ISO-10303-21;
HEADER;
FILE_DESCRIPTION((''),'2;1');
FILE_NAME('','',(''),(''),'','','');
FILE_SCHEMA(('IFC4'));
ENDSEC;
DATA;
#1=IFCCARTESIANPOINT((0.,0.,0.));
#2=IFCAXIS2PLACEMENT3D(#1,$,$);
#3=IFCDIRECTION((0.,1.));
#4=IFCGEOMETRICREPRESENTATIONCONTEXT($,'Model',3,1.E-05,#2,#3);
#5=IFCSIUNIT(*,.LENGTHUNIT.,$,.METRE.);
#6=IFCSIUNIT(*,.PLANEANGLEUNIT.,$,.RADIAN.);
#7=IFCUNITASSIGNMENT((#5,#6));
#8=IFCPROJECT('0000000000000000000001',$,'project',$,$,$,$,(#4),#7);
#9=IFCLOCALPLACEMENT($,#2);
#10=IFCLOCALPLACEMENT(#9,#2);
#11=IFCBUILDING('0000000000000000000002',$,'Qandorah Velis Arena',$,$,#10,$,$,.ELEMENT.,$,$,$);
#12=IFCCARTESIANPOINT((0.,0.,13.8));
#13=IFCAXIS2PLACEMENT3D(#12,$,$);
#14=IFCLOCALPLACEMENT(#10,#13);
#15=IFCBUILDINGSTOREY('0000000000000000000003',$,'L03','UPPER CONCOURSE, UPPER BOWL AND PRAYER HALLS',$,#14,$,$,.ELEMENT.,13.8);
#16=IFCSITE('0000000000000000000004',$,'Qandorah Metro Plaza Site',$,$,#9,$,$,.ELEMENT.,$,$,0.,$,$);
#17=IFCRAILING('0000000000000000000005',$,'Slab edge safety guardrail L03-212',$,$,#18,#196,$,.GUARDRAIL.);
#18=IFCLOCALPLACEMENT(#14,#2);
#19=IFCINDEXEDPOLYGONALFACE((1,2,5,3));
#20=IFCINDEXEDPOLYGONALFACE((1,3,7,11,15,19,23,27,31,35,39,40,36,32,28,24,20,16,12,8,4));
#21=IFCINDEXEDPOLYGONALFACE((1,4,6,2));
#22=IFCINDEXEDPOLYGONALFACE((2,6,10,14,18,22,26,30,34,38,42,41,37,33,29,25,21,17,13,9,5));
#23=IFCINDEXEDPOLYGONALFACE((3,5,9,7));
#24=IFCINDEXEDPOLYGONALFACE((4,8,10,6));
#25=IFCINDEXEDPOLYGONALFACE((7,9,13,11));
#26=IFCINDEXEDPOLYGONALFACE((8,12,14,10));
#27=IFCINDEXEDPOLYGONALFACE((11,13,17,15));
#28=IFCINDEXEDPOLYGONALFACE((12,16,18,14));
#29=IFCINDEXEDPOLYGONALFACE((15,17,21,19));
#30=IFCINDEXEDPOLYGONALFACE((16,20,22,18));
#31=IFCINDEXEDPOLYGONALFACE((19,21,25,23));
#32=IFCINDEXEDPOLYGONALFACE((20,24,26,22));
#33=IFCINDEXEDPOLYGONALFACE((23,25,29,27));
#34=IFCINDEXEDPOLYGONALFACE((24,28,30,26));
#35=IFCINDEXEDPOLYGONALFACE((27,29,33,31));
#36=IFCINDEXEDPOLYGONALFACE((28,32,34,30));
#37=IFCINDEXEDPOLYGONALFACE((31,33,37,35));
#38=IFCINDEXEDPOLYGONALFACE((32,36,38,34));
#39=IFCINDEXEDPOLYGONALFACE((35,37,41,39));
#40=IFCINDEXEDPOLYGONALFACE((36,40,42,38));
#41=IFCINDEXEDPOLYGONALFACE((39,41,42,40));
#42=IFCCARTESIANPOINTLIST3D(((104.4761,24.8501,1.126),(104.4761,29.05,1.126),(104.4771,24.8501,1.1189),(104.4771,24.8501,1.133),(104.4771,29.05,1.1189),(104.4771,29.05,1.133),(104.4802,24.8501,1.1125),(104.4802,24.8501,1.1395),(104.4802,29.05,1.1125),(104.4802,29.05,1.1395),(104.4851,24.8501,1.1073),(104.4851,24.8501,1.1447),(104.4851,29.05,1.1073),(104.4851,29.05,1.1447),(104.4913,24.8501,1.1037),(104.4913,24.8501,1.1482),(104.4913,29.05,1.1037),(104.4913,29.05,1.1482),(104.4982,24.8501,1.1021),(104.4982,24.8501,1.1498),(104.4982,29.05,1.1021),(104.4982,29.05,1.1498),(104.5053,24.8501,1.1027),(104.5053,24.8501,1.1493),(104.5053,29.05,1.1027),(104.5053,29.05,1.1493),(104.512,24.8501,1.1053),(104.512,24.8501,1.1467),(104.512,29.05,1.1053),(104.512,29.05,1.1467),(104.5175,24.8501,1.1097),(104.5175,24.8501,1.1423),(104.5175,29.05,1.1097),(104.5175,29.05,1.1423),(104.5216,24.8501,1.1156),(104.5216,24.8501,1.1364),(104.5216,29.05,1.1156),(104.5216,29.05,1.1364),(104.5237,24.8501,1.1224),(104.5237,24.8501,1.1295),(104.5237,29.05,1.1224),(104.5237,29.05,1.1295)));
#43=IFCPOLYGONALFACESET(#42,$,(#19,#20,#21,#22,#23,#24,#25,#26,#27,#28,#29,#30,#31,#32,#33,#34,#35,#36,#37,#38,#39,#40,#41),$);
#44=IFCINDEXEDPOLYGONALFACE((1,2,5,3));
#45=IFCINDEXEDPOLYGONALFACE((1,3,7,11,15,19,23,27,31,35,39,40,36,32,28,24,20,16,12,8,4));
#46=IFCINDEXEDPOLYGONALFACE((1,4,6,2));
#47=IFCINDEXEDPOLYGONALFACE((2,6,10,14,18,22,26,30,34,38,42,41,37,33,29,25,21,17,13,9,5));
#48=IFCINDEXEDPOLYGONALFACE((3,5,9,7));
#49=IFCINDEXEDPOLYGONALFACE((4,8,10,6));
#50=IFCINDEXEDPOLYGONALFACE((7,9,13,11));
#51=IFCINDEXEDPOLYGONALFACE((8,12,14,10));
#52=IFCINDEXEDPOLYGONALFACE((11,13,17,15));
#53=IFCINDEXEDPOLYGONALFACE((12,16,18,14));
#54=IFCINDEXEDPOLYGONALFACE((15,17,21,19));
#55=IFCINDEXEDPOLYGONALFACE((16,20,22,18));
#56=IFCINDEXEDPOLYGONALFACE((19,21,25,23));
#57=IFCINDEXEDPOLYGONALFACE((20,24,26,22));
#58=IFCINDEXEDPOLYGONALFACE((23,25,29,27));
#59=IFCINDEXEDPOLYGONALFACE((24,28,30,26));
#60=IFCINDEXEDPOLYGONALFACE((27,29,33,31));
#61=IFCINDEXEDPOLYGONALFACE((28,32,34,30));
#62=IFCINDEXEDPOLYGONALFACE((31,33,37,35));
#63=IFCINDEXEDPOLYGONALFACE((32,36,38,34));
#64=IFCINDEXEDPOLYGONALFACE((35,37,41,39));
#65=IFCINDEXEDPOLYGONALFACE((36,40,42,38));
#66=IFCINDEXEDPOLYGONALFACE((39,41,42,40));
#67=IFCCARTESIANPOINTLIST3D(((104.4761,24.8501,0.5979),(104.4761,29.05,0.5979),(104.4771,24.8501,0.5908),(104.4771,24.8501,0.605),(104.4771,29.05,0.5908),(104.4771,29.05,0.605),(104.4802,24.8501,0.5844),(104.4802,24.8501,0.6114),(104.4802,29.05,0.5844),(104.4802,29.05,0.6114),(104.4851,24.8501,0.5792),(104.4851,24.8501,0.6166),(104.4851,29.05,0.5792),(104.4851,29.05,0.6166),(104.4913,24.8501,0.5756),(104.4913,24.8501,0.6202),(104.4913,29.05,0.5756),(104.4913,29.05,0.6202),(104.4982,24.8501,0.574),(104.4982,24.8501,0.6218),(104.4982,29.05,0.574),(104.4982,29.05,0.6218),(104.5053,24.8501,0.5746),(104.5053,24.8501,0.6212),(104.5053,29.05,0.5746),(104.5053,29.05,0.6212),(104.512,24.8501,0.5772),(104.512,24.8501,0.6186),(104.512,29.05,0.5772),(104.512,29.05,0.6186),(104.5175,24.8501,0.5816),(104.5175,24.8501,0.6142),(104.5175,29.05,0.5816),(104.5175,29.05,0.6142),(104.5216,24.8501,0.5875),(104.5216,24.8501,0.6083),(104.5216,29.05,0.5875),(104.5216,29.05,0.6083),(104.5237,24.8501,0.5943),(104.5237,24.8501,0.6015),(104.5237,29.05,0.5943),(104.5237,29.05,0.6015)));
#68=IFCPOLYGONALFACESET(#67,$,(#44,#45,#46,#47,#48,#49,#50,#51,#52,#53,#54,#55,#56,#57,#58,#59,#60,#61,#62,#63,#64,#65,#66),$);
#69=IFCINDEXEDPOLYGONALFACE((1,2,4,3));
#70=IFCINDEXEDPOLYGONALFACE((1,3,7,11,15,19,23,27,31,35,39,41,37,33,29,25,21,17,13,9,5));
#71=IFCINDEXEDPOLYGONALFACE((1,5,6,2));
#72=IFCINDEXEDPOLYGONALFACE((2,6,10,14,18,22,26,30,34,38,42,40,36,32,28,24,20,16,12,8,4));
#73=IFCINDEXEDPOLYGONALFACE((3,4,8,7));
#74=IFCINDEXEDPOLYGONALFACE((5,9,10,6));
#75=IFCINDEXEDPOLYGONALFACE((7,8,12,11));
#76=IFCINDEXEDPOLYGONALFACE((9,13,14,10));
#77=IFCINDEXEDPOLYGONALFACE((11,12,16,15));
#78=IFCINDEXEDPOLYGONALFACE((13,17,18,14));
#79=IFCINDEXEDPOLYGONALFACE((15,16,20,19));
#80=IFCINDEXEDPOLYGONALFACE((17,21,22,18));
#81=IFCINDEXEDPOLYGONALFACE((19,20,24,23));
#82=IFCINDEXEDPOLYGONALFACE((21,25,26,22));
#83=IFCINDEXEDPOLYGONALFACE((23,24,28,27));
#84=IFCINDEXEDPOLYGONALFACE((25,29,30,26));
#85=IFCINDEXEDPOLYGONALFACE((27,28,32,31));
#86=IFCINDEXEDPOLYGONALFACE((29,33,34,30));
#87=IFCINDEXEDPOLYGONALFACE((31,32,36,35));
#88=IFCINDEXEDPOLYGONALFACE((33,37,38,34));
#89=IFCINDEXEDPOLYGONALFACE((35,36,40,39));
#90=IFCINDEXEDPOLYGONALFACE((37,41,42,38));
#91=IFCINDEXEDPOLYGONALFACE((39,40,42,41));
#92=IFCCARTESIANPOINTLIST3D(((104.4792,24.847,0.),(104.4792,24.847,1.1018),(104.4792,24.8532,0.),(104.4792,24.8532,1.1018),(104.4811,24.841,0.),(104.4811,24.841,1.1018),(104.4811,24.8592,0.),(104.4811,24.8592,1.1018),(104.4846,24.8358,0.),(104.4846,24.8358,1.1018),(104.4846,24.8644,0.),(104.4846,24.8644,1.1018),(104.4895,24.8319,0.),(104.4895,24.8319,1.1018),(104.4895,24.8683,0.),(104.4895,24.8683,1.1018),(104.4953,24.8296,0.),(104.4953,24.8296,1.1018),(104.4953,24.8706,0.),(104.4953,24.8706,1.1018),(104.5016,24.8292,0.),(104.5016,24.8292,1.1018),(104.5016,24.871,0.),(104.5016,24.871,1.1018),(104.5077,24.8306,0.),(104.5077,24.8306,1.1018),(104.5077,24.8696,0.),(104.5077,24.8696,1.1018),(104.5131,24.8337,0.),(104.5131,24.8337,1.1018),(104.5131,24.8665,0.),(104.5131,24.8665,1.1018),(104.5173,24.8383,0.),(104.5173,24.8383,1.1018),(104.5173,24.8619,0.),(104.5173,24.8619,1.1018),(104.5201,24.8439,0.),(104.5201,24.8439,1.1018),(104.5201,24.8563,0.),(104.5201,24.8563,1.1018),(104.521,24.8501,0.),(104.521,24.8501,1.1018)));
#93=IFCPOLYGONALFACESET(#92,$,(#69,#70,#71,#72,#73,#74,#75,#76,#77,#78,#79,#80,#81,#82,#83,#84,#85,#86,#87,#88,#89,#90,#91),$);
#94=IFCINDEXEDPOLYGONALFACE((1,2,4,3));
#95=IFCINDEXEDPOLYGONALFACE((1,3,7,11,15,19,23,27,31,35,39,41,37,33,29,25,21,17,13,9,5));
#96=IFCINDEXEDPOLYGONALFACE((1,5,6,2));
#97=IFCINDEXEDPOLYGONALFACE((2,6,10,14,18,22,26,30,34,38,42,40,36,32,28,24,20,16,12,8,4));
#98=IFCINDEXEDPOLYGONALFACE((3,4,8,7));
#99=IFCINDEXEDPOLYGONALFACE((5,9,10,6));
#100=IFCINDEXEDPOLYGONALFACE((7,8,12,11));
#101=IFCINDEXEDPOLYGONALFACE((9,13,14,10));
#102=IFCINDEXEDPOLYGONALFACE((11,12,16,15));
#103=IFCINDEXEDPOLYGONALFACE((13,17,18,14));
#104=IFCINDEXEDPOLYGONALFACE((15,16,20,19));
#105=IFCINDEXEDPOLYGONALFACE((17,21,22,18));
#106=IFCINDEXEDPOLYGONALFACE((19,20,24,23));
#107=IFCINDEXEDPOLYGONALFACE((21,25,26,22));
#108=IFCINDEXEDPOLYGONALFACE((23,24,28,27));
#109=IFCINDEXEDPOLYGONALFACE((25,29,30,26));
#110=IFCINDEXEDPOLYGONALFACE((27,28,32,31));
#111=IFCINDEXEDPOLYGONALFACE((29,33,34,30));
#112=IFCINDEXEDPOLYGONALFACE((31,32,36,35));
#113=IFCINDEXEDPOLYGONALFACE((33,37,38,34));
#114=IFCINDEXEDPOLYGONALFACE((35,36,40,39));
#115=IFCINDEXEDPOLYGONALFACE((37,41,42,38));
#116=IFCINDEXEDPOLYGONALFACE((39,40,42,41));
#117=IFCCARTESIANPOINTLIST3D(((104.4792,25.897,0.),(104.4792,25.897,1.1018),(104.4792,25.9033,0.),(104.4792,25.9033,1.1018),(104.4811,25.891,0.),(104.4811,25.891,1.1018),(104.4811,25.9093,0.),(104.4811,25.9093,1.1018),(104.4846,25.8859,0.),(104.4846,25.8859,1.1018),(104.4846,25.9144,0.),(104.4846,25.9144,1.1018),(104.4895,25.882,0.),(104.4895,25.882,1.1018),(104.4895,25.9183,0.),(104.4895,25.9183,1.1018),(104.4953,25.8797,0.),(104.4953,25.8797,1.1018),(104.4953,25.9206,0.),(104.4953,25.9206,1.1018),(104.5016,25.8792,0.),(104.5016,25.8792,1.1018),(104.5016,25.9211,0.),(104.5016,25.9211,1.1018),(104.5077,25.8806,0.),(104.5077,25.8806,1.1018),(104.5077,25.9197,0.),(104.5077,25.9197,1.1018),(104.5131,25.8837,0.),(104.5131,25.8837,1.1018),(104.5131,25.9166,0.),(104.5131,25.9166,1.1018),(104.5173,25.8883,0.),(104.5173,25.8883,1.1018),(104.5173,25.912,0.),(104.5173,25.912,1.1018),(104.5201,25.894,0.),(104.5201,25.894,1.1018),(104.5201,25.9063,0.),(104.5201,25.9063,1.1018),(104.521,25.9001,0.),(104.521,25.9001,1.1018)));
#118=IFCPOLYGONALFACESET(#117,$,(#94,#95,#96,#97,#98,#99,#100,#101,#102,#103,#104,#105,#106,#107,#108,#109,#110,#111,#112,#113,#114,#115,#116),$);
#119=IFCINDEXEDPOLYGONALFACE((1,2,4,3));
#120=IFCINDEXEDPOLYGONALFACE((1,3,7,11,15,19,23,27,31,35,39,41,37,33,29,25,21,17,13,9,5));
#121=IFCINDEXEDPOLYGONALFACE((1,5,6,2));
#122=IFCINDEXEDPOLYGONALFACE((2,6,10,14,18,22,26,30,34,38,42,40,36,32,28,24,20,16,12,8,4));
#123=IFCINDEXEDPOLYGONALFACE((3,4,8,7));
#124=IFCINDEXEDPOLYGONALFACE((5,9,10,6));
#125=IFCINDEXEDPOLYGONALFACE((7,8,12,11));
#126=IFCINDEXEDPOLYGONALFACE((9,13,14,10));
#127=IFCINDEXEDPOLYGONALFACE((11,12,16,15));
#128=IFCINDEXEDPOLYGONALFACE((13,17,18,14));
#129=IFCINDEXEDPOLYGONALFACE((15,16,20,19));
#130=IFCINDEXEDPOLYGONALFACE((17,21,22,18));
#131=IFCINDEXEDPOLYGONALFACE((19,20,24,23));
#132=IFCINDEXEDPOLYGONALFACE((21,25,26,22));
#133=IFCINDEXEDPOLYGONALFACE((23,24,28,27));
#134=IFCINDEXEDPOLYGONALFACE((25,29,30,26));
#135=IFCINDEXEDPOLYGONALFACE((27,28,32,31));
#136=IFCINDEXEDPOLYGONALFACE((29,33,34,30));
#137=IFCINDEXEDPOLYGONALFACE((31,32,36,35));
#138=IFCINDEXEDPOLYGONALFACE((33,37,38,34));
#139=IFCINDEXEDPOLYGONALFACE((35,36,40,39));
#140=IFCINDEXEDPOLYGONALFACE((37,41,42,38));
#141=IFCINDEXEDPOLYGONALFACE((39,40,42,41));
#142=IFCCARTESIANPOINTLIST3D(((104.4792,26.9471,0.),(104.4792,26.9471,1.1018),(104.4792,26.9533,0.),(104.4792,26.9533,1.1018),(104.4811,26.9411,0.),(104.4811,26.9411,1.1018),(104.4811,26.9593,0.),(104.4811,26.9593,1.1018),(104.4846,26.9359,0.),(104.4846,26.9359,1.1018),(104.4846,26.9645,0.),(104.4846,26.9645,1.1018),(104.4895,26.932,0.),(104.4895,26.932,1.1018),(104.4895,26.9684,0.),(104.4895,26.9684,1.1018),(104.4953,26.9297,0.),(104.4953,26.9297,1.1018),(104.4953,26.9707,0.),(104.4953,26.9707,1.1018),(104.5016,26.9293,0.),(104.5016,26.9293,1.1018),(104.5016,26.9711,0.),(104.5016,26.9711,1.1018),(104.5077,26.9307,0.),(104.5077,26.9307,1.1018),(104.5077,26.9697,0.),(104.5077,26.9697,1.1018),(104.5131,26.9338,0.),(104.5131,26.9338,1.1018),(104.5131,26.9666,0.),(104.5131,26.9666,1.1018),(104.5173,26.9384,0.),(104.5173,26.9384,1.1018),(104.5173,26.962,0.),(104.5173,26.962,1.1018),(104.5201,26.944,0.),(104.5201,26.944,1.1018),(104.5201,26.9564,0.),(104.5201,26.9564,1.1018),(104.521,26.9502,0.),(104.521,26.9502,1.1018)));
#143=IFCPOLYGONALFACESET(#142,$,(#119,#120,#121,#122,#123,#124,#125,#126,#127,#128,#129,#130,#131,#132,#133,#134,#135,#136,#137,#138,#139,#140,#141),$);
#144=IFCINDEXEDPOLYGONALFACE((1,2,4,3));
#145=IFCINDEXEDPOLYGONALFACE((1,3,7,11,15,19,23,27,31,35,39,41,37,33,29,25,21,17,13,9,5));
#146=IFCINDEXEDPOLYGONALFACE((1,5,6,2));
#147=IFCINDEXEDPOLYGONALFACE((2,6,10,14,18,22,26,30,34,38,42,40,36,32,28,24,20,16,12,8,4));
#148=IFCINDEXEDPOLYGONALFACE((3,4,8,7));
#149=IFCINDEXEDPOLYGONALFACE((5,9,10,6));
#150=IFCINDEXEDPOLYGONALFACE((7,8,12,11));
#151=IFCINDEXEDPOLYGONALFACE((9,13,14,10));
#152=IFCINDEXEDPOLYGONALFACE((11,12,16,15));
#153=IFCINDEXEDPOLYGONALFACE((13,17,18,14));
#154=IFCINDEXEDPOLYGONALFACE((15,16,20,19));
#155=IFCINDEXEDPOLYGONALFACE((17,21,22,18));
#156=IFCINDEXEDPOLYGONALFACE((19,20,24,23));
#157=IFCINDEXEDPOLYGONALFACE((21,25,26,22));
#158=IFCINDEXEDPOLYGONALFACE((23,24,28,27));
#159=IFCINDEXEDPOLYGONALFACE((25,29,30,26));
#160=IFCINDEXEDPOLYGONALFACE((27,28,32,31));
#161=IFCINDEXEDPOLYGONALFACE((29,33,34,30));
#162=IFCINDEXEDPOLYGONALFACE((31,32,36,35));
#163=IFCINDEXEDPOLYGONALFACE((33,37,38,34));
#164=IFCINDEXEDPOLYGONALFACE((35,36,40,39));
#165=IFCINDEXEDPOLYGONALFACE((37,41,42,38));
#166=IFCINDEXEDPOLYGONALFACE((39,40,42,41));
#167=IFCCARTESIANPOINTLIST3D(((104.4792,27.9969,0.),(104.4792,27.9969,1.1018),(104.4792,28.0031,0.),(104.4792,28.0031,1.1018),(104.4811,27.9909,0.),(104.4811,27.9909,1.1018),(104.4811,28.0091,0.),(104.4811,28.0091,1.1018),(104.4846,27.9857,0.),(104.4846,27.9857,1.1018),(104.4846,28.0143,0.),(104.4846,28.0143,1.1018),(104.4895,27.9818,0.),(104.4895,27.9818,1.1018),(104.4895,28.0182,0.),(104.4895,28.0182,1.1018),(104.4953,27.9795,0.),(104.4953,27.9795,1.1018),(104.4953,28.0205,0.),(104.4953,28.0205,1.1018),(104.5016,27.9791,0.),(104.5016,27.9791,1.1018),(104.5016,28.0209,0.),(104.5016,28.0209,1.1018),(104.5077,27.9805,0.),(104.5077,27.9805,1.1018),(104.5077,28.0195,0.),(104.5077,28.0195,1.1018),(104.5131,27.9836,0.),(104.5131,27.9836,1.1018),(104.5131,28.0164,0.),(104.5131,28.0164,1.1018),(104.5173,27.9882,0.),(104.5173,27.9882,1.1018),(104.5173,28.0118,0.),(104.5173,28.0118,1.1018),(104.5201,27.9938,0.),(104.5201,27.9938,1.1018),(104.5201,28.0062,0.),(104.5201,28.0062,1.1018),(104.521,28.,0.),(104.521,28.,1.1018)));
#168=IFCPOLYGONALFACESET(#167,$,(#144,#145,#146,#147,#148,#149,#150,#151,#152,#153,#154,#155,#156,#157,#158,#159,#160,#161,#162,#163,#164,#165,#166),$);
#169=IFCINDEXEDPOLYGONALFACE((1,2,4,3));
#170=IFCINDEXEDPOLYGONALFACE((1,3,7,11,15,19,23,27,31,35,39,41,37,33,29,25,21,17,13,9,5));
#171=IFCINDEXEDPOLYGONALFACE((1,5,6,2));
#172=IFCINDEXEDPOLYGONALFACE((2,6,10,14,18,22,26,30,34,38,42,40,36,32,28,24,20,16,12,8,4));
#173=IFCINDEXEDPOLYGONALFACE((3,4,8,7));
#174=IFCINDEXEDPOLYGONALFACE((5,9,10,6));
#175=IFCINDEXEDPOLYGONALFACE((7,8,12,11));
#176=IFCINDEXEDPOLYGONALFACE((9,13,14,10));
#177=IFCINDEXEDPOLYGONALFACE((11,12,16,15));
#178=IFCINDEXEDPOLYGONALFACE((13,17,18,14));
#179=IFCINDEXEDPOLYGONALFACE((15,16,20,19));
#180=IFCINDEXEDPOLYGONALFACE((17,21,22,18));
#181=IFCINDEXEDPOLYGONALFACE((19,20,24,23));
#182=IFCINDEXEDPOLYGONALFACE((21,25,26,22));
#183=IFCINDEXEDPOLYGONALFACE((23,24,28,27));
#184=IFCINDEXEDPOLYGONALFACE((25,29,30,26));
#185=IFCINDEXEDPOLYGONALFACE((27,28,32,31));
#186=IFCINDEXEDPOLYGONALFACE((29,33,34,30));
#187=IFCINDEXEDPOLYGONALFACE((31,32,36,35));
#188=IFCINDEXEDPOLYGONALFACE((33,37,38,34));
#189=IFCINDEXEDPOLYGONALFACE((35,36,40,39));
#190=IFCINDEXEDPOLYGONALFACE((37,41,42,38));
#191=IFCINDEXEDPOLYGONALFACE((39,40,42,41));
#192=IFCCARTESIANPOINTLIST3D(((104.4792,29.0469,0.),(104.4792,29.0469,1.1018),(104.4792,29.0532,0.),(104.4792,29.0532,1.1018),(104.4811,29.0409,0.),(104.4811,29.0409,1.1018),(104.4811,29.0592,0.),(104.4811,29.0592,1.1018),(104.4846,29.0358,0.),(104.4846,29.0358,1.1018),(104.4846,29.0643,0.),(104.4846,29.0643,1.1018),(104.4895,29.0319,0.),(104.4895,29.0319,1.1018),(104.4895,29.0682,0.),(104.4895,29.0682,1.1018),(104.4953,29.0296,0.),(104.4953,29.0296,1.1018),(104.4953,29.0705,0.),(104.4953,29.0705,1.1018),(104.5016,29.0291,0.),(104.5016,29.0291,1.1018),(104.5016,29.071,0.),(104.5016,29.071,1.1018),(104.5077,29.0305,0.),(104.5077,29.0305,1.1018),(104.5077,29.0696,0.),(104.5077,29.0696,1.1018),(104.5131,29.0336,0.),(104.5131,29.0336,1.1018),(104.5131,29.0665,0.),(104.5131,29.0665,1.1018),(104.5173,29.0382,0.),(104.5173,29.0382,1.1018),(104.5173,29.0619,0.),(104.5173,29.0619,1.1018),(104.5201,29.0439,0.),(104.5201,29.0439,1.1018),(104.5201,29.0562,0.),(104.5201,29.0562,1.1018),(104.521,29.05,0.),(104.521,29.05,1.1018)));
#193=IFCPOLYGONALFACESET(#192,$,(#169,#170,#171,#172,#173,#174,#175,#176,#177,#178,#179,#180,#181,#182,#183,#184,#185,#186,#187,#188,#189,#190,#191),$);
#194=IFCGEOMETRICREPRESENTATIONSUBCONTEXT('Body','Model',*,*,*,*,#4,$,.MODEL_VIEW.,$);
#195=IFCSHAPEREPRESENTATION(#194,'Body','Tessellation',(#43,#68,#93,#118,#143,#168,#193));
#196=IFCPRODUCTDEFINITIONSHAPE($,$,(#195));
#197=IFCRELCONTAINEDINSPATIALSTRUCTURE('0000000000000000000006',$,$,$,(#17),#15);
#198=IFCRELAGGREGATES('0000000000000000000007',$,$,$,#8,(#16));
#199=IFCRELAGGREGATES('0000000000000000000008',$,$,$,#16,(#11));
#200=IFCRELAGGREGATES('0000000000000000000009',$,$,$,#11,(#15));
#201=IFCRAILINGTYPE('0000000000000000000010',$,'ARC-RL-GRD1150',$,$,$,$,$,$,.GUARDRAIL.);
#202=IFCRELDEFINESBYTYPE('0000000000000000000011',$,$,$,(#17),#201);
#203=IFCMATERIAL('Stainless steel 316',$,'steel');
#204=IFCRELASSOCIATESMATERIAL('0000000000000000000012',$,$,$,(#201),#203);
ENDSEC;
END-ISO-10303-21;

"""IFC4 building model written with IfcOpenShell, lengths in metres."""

from ifc_helpers import new_model, si_unit, direction, frame, origin, origin_2d, place, context, subcontext, project, spatial, circle, extrude, material, type_object, element, save


model = new_model("IFC4")

# Units and contexts
model_context = context("Model", 3, precision=1e-05, world=origin(), true_north=direction((0.0, 1.0)))
body_context = subcontext(model_context, "Body", "Model", "MODEL_VIEW")
ifc_project = project(units=[si_unit("LENGTHUNIT", "METRE"), si_unit("PLANEANGLEUNIT", "RADIAN")], contexts=[model_context])

# Site, building, storey
site_placement = place(None, origin())
site = spatial("IfcSite", under=ifc_project, at=site_placement, Name="Qandorah Metro Plaza Site", CompositionType="ELEMENT", RefElevation=0.0)
building_placement = place(site_placement, origin())
building = spatial("IfcBuilding", under=site, at=building_placement, Name="Qandorah Velis Arena", CompositionType="ELEMENT")
storey_placement = place(building_placement, frame((0.0, 0.0, 13.8)))
storey = spatial("IfcBuildingStorey", under=building, at=storey_placement, Name="L03", Description="UPPER CONCOURSE, UPPER BOWL AND PRAYER HALLS", CompositionType="ELEMENT", Elevation=13.8)

# Railing
ifc_material_1 = material(Name="Stainless steel 316", Category="steel")
railing_type = type_object("IfcRailingType", Name="ARC-RL-GRD1150", PredefinedType="GUARDRAIL", material=ifc_material_1)
railing_1_placement = place(storey_placement, frame((104.5, 24.8501, 0.0)))
element("IfcRailing", 1, at=railing_1_placement, inside=storey, type_object=railing_type, Name="Slab edge safety guardrail L03-212", PredefinedType="GUARDRAIL", context=body_context, shape_type="SweptSolid", body=[
    extrude(circle(Radius=0.0239, at=origin_2d()), frame((0.0, 0.0, 1.126), z_axis=(0.0, 1.0, 0.0), x_axis=(-1.0, 0.0, 0.0)), (0.0, 0.0, 1.0), 4.2),
    extrude(circle(Radius=0.0239, at=origin_2d()), frame((0.0, 0.0, 0.5979), z_axis=(0.0, 1.0, 0.0), x_axis=(-1.0, 0.0, 0.0)), (0.0, 0.0, 1.0), 4.2),
    extrude(circle(Radius=0.021, at=origin_2d()), origin(), (0.0, 0.0, 1.0), 1.1018),
    extrude(circle(Radius=0.021, at=origin_2d()), frame((0.0, 1.05, 0.0)), (0.0, 0.0, 1.0), 1.1018),
    extrude(circle(Radius=0.021, at=origin_2d()), frame((0.0, 2.1001, 0.0)), (0.0, 0.0, 1.0), 1.1018),
    extrude(circle(Radius=0.021, at=origin_2d()), frame((0.0, 3.1499, 0.0)), (0.0, 0.0, 1.0), 1.1018),
    extrude(circle(Radius=0.021, at=origin_2d()), frame((0.0, 4.2, 0.0)), (0.0, 0.0, 1.0), 1.1018),
])

save(model, "model.ifc")
